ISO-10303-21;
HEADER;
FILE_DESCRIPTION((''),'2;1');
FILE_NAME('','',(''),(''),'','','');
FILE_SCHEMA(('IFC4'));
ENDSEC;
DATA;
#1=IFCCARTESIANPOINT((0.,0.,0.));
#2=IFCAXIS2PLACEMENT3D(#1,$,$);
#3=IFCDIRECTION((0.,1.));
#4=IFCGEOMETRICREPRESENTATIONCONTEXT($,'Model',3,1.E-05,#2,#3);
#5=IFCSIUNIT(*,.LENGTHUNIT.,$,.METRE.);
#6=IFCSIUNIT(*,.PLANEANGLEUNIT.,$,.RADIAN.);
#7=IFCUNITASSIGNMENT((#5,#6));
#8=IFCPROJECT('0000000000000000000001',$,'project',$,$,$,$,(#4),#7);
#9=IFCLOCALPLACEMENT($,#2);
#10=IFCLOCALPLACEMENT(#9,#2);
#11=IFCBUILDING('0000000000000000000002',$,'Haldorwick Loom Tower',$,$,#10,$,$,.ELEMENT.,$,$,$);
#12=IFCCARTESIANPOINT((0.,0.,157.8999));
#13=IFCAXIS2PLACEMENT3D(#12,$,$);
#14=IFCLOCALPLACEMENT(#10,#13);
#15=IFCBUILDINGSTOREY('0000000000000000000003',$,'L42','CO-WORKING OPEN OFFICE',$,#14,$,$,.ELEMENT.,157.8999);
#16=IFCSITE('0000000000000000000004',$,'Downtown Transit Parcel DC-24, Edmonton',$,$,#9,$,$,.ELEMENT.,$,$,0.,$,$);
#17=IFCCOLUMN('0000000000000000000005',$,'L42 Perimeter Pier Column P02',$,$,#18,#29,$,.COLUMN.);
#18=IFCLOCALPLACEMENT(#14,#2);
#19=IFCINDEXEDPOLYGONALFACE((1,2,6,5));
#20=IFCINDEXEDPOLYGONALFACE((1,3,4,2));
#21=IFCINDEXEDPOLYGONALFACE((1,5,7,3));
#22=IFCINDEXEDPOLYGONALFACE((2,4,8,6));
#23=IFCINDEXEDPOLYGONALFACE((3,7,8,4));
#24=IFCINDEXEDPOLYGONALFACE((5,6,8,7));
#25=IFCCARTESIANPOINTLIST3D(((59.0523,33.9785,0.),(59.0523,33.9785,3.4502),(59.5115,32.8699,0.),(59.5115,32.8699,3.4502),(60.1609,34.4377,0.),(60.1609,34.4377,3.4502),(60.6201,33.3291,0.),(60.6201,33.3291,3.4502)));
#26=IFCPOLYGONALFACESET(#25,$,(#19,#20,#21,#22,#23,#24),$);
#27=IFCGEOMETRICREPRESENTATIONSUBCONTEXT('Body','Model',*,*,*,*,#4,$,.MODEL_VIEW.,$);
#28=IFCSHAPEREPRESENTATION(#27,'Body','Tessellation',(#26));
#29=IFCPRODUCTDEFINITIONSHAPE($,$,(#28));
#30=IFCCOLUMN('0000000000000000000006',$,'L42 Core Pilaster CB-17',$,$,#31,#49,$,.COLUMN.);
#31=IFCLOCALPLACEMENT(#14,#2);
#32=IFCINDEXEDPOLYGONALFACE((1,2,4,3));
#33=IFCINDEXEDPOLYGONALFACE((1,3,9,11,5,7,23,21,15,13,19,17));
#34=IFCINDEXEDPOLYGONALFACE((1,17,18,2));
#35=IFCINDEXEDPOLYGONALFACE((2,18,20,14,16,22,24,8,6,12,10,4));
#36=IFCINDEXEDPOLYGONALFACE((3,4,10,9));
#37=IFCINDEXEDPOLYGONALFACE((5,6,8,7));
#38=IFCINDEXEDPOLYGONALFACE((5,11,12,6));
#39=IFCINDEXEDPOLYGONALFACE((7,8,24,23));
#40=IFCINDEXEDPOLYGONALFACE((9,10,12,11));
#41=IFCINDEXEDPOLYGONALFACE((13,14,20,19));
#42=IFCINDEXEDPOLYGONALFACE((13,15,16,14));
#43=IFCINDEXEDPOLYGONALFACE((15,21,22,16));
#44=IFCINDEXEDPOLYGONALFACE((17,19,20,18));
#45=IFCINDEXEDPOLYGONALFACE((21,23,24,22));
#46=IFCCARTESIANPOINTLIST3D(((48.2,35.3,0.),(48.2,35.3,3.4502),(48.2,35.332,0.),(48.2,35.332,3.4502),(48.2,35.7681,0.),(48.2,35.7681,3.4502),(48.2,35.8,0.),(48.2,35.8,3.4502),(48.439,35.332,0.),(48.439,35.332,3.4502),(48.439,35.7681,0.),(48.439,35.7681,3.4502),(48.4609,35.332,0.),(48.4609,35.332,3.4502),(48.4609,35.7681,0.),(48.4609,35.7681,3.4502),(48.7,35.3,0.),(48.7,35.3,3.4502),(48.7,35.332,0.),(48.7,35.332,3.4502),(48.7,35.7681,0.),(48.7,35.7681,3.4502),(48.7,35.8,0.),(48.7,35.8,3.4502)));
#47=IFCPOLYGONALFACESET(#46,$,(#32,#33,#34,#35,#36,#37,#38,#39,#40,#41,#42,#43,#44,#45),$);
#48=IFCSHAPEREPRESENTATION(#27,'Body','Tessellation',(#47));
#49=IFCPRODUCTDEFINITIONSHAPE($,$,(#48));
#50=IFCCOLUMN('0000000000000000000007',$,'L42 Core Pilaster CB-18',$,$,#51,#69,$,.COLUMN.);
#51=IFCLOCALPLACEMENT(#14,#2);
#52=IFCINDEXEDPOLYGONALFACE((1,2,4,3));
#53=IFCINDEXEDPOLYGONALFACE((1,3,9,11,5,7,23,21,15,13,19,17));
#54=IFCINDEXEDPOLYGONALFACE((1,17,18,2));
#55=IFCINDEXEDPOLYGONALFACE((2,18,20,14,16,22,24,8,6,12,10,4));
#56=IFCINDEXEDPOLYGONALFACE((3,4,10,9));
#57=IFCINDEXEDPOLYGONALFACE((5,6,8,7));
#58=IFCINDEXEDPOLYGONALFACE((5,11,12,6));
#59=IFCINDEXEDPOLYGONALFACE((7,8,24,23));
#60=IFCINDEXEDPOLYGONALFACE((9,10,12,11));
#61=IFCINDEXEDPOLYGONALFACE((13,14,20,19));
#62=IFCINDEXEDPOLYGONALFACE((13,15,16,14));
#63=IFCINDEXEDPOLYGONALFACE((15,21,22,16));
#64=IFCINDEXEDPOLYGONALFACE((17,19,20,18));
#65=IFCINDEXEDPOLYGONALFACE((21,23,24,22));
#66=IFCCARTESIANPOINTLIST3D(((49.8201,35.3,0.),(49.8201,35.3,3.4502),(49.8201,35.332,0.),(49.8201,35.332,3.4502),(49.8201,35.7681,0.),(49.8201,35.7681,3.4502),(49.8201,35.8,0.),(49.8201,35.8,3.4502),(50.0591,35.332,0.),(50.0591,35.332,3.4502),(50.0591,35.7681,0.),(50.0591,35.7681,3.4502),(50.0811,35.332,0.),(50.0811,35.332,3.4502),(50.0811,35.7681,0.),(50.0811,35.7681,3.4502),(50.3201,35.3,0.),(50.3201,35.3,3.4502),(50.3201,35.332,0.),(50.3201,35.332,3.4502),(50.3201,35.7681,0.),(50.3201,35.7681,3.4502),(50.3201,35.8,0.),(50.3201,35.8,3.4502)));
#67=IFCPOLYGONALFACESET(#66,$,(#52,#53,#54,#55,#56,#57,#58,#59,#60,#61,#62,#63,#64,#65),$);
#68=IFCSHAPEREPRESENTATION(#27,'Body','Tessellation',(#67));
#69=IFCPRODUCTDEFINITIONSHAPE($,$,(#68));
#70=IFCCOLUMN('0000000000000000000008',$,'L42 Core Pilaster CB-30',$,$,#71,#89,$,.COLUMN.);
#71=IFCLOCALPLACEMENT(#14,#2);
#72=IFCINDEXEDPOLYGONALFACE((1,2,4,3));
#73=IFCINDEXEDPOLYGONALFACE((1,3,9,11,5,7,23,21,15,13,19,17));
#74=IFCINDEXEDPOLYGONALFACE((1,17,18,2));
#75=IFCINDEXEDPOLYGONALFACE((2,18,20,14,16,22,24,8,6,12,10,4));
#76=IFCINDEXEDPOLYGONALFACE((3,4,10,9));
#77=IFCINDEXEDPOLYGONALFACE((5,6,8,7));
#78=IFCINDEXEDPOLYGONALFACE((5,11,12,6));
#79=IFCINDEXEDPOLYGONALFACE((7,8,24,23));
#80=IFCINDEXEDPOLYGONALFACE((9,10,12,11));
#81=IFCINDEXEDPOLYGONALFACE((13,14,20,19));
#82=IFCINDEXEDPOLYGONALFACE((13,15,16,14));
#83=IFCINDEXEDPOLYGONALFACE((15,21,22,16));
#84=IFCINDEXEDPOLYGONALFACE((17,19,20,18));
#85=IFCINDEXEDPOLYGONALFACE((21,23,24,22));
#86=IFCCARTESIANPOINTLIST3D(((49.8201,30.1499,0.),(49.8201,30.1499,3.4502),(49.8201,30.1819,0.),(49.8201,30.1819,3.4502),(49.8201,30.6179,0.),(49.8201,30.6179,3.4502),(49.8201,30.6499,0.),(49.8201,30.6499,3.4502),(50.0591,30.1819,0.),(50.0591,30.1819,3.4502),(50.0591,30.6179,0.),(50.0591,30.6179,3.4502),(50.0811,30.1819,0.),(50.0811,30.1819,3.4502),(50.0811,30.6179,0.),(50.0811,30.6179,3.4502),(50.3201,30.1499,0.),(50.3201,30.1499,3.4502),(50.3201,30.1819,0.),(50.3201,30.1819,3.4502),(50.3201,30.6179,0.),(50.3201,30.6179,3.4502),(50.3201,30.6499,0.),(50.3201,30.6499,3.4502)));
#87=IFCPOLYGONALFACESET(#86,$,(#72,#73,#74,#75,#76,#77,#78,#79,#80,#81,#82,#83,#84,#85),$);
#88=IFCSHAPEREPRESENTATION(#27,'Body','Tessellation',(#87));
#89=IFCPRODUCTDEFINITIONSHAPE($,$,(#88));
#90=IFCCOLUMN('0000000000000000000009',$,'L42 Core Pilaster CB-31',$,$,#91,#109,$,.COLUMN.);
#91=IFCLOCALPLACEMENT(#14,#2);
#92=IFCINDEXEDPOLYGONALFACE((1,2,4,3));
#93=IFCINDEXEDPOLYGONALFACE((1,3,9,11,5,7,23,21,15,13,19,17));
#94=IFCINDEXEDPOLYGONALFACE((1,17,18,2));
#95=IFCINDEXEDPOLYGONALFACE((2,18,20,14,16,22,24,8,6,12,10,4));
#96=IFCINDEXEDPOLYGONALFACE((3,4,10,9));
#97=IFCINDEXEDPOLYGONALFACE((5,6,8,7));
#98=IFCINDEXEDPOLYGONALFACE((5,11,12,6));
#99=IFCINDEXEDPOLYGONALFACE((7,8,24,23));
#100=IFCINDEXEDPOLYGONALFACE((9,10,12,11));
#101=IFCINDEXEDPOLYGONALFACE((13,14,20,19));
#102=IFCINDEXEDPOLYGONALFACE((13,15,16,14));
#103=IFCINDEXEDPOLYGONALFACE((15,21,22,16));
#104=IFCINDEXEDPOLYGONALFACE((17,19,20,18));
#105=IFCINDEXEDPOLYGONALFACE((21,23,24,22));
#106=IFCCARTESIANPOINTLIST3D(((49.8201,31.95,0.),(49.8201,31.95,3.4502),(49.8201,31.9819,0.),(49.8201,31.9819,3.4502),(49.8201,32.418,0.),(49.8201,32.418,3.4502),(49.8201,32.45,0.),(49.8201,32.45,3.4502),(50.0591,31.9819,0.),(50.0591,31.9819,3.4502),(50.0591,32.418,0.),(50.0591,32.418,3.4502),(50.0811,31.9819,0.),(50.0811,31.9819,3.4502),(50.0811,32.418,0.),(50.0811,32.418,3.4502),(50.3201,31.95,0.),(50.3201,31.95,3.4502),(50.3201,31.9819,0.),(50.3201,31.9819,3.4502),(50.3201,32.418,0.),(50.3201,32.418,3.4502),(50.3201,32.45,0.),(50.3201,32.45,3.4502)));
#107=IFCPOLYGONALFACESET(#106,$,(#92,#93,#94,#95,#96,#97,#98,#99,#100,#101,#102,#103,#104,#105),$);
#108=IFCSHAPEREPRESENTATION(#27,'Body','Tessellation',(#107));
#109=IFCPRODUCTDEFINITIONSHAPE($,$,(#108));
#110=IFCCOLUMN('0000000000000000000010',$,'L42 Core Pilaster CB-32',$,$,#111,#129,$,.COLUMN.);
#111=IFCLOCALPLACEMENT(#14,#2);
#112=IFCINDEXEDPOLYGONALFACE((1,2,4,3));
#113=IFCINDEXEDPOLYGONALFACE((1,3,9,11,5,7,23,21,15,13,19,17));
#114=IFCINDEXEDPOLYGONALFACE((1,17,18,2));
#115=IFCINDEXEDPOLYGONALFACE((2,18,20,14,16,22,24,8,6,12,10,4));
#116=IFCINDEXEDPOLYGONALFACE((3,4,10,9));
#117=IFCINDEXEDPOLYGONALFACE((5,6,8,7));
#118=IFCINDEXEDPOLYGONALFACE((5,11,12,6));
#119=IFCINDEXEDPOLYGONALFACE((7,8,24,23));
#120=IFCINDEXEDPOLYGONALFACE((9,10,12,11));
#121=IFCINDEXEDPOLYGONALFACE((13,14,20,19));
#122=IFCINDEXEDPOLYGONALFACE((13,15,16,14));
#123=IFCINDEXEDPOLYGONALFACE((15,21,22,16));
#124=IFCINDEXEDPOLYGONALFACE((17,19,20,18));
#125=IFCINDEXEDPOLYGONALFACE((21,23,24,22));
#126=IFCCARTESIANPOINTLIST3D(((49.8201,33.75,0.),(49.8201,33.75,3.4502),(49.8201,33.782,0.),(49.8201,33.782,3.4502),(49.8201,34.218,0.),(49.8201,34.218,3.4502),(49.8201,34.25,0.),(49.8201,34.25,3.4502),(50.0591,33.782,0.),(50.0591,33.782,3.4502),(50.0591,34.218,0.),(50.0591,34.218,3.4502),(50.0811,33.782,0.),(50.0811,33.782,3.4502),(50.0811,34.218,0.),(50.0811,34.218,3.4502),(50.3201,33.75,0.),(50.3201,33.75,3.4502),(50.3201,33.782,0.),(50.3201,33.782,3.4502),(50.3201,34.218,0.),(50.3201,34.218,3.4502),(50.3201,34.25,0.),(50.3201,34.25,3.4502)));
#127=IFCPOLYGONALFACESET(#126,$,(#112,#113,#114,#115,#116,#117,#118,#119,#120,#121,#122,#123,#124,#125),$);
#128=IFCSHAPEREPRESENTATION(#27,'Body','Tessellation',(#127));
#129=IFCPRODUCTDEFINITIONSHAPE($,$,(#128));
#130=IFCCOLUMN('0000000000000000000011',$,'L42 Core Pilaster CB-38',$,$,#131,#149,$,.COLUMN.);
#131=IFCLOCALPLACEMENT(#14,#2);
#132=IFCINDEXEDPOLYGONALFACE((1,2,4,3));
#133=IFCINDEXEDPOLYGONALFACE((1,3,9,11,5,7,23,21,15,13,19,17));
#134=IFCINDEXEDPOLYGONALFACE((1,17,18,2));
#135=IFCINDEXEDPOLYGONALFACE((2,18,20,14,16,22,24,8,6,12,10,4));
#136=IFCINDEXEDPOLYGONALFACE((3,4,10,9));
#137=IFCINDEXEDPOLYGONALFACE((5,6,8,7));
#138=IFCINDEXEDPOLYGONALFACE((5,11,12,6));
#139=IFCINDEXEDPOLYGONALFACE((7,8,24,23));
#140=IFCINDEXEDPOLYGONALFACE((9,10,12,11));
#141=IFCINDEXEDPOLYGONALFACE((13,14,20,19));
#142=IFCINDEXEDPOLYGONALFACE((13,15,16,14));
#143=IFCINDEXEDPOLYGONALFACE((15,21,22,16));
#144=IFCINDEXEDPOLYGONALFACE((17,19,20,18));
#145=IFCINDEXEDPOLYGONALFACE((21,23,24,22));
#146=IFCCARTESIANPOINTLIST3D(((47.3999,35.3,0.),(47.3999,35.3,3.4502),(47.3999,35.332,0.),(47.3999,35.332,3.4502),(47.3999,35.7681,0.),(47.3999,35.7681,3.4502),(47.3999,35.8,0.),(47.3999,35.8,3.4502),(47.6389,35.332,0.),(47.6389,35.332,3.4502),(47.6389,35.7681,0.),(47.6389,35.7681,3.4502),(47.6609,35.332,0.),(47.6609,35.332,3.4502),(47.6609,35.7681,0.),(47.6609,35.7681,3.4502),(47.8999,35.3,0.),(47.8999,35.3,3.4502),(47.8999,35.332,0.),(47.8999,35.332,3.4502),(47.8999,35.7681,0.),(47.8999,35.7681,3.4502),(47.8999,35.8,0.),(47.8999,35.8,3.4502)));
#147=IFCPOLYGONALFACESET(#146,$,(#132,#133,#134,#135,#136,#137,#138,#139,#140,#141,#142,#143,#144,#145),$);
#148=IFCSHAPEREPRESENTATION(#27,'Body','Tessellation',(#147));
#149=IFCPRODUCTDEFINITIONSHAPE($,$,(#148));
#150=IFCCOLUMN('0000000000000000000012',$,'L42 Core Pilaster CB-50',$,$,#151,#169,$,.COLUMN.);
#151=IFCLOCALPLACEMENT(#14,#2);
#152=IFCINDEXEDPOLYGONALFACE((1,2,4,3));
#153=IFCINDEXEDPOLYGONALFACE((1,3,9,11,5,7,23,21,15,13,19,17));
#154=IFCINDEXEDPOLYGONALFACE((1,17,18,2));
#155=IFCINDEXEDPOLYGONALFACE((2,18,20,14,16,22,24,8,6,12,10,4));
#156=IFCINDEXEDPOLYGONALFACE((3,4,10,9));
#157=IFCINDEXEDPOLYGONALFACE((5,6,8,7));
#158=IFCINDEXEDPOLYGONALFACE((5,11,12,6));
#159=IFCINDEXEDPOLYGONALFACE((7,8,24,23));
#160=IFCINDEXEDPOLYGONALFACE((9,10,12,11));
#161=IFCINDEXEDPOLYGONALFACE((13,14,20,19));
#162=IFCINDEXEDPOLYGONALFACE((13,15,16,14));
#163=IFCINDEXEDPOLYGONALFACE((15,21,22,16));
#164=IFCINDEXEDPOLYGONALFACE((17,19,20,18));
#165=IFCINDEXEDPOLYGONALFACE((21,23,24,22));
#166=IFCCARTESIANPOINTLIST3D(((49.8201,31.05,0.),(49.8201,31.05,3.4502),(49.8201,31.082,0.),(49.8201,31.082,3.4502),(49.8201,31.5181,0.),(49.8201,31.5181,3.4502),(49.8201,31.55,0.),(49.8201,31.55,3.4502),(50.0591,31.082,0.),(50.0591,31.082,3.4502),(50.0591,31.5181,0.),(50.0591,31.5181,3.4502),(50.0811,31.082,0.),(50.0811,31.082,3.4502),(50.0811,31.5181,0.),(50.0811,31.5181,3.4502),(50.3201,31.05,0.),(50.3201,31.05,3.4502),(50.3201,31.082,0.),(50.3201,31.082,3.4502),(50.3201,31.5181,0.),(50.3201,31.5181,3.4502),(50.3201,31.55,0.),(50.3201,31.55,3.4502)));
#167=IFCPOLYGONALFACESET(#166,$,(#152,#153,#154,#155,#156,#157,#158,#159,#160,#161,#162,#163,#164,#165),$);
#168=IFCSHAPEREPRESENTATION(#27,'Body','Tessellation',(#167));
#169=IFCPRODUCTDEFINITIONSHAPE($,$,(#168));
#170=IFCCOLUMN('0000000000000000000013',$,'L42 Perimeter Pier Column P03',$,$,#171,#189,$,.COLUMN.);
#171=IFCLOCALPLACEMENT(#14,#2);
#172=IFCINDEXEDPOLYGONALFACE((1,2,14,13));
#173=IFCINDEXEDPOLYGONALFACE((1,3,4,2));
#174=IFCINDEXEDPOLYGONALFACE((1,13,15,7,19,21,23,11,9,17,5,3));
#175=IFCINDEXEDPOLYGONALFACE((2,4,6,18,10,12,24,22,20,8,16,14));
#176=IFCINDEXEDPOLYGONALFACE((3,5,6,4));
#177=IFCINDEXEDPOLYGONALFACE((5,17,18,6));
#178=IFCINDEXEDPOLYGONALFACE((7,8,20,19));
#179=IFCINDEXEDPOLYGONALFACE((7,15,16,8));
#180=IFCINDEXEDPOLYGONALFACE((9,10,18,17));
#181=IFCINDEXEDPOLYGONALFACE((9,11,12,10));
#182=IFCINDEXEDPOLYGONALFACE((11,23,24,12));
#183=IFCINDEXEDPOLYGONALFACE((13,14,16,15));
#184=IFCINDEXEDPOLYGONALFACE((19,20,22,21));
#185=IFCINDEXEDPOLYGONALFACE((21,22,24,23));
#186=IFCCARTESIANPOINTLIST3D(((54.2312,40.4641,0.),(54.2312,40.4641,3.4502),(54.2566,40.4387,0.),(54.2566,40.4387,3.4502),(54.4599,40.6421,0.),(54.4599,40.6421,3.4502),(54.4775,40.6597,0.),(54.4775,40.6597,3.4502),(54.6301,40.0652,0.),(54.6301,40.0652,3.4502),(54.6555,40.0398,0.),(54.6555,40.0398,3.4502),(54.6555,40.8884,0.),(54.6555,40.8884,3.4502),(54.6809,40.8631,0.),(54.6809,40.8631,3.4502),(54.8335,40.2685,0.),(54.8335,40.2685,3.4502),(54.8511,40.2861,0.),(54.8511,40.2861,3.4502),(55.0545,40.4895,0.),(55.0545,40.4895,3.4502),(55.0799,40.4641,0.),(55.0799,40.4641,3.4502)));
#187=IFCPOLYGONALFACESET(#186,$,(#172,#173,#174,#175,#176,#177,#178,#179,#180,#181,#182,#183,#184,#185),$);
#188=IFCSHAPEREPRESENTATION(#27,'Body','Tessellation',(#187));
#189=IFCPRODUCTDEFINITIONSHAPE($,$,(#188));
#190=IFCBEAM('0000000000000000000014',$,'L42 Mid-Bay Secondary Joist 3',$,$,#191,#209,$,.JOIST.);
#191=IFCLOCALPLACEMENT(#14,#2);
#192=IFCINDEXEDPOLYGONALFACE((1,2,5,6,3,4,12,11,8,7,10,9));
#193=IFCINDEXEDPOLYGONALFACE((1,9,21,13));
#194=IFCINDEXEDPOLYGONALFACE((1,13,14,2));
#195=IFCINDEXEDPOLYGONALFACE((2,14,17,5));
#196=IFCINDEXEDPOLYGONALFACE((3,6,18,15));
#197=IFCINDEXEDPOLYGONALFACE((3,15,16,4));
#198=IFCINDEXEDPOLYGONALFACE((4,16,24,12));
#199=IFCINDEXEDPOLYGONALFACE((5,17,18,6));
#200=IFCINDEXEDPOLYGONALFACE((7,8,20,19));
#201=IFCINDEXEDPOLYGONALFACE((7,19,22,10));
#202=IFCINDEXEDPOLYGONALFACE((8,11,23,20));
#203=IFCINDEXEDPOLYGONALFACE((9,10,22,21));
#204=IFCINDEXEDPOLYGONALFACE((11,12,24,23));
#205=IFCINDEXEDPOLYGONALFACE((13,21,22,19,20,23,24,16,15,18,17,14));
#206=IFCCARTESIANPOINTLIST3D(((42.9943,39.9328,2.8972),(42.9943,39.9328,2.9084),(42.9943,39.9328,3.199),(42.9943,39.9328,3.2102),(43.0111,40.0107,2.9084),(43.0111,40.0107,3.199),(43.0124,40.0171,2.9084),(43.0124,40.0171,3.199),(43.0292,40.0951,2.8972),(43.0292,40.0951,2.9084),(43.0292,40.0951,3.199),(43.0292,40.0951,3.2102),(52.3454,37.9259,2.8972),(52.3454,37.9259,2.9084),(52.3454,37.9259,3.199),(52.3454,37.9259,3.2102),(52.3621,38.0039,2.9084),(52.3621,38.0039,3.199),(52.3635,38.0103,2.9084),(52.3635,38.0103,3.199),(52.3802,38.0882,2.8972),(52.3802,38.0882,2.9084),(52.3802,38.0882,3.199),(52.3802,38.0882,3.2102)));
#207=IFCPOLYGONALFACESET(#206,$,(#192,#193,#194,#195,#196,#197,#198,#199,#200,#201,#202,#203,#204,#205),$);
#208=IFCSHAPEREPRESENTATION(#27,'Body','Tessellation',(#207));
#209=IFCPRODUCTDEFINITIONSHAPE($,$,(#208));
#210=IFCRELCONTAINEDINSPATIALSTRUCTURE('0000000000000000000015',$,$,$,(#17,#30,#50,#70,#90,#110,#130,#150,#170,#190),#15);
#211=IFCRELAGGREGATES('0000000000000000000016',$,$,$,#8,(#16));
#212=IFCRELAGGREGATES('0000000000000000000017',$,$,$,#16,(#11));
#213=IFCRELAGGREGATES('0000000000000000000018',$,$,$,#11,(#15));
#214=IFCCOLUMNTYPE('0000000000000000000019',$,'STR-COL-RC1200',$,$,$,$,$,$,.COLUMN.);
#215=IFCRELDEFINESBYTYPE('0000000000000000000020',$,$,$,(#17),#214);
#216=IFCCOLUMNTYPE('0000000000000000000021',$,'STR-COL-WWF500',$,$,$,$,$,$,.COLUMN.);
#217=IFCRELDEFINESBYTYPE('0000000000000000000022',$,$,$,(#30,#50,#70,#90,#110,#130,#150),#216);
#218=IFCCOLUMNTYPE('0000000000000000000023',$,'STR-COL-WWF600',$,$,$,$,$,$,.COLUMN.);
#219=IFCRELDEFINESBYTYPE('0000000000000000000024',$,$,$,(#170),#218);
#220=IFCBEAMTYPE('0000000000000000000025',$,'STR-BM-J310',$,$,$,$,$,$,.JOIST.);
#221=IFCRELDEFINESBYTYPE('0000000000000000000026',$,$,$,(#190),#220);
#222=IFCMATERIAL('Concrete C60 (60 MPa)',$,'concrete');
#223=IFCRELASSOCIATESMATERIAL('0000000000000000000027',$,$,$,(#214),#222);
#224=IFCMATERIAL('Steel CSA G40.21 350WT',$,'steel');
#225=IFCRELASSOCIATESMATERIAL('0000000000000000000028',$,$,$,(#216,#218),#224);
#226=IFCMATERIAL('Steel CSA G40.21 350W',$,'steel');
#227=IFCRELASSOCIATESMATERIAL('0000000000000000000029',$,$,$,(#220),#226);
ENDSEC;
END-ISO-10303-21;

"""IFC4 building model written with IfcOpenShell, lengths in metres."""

from ifc_helpers import new_model, si_unit, direction, frame, origin, origin_2d, place, context, subcontext, project, spatial, rectangle, i_section, extrude, material, material_profile, profile_set, type_object, element, save


model = new_model("IFC4")

# Units and contexts
model_context = context("Model", 3, precision=1e-05, world=origin(), true_north=direction((0.0, 1.0)))
body_context = subcontext(model_context, "Body", "Model", "MODEL_VIEW")
ifc_project = project(units=[si_unit("LENGTHUNIT", "METRE"), si_unit("PLANEANGLEUNIT", "RADIAN")], contexts=[model_context])

# Site, building, storey
site_placement = place(None, origin())
site = spatial("IfcSite", under=ifc_project, at=site_placement, Name="Downtown Transit Parcel DC-24, Edmonton", CompositionType="ELEMENT", RefElevation=0.0)
building_placement = place(site_placement, origin())
building = spatial("IfcBuilding", under=site, at=building_placement, Name="Haldorwick Loom Tower", CompositionType="ELEMENT")
storey_placement = place(building_placement, frame((0.0, 0.0, 157.8999)))
storey = spatial("IfcBuildingStorey", under=building, at=storey_placement, Name="L42", Description="CO-WORKING OPEN OFFICE", CompositionType="ELEMENT", Elevation=157.8999)

# Columns
ifc_material_1 = material(Name="Concrete C60 (60 MPa)", Category="concrete")
ifc_material_profile_1 = material_profile(ifc_material_1, rectangle(XDim=1.2, YDim=1.2, at=origin_2d()), Name="RC1200X1200", Category="concrete")
ifc_profile_set_1 = profile_set([ifc_material_profile_1], Name="Concrete C60 (60 MPa)")
column_type_1 = type_object("IfcColumnType", Name="STR-COL-RC1200", PredefinedType="COLUMN", material=ifc_profile_set_1)
column_1_placement = place(storey_placement, frame((59.8362, 33.6538, 0.0), z_axis=(0.0, 0.0, 1.0), x_axis=(0.92388, 0.382683, 0.0)))
element("IfcColumn", 1, at=column_1_placement, inside=storey, type_object=column_type_1, Name="L42 Perimeter Pier Column P02", PredefinedType="COLUMN", context=body_context, shape_type="SweptSolid", body=[
    extrude(rectangle(XDim=1.2, YDim=1.2, at=origin_2d()), origin(), (0.0, 0.0, 1.0), 3.4502),
])
ifc_material_2 = material(Name="Steel CSA G40.21 350WT", Category="steel")
ifc_material_profile_2 = material_profile(ifc_material_2, i_section(OverallWidth=0.5, OverallDepth=0.5, WebThickness=0.022, FlangeThickness=0.032, at=origin_2d()), Name="WWF500X500", Category="steel")
ifc_profile_set_2 = profile_set([ifc_material_profile_2], Name="Steel CSA G40.21 350WT")
column_type_2 = type_object("IfcColumnType", Name="STR-COL-WWF500", PredefinedType="COLUMN", material=ifc_profile_set_2)
for number, where, z_axis, x_axis, name in (
    (2, (48.45, 35.55, 0.0), (0.0, 0.0, 1.0), (1.0, 0.0, 0.0), "L42 Core Pilaster CB-17"),
    (3, (50.0701, 35.55, 0.0), (0.0, 0.0, 1.0), (1.0, 0.0, 0.0), "L42 Core Pilaster CB-18"),
    (4, (50.0701, 30.3999, 0.0), (0.0, 0.0, 1.0), (1.0, 0.0, 0.0), "L42 Core Pilaster CB-30"),
    (5, (50.0701, 32.2, 0.0), (0.0, 0.0, 1.0), (1.0, 0.0, 0.0), "L42 Core Pilaster CB-31"),
    (6, (50.0701, 34.0, 0.0), (0.0, 0.0, 1.0), (1.0, 0.0, 0.0), "L42 Core Pilaster CB-32"),
    (7, (47.6499, 35.55, 0.0), (0.0, 0.0, 1.0), (1.0, 0.0, 0.0), "L42 Core Pilaster CB-38"),
    (8, (50.0701, 31.3, 0.0), (0.0, 0.0, 1.0), (1.0, 0.0, 0.0), "L42 Core Pilaster CB-50"),
):
    element("IfcColumn", number, at=place(storey_placement, frame(where, z_axis=z_axis, x_axis=x_axis)), inside=storey, type_object=column_type_2, Name=name, PredefinedType="COLUMN", context=body_context, shape_type="SweptSolid", body=[
        extrude(i_section(OverallWidth=0.5, OverallDepth=0.5, WebThickness=0.022, FlangeThickness=0.032, at=origin_2d()), origin(), (0.0, 0.0, 1.0), 3.4502),
    ])
ifc_material_profile_3 = material_profile(ifc_material_2, i_section(OverallWidth=0.6001, OverallDepth=0.6001, WebThickness=0.0249, FlangeThickness=0.0359, at=origin_2d()), Name="WWF600X600", Category="steel")
ifc_profile_set_3 = profile_set([ifc_material_profile_3], Name="Steel CSA G40.21 350WT")
column_type_3 = type_object("IfcColumnType", Name="STR-COL-WWF600", PredefinedType="COLUMN", material=ifc_profile_set_3)
column_2_placement = place(storey_placement, frame((54.6555, 40.4641, 0.0), z_axis=(0.0, 0.0, 1.0), x_axis=(0.707107, 0.707107, 0.0)))
element("IfcColumn", 9, at=column_2_placement, inside=storey, type_object=column_type_3, Name="L42 Perimeter Pier Column P03", PredefinedType="COLUMN", context=body_context, shape_type="SweptSolid", body=[
    extrude(i_section(OverallWidth=0.6001, OverallDepth=0.6001, WebThickness=0.0249, FlangeThickness=0.0359, at=origin_2d()), origin(), (0.0, 0.0, 1.0), 3.4502),
])

# Beam
ifc_material_3 = material(Name="Steel CSA G40.21 350W", Category="steel")
ifc_material_profile_4 = material_profile(ifc_material_3, i_section(OverallWidth=0.166, OverallDepth=0.313, WebThickness=0.0066, FlangeThickness=0.0112, at=origin_2d()), Name="W310X45", Category="steel")
ifc_profile_set_4 = profile_set([ifc_material_profile_4], Name="Steel CSA G40.21 350W")
beam_type_1 = type_object("IfcBeamType", Name="STR-BM-J310", PredefinedType="JOIST", material=ifc_profile_set_4)
beam_1_placement = place(storey_placement, frame((52.3628, 38.0071, 3.0537), z_axis=(-0.977737, 0.209832, 0.0), x_axis=(-0.209832, -0.977737, 0.0)))
element("IfcBeam", 10, at=beam_1_placement, inside=storey, type_object=beam_type_1, Name="L42 Mid-Bay Secondary Joist 3", PredefinedType="JOIST", context=body_context, shape_type="SweptSolid", body=[
    extrude(i_section(OverallWidth=0.166, OverallDepth=0.313, WebThickness=0.0066, FlangeThickness=0.0112, at=origin_2d()), origin(), (0.0, 0.0, 1.0), 9.564),
])

save(model, "model.ifc")
